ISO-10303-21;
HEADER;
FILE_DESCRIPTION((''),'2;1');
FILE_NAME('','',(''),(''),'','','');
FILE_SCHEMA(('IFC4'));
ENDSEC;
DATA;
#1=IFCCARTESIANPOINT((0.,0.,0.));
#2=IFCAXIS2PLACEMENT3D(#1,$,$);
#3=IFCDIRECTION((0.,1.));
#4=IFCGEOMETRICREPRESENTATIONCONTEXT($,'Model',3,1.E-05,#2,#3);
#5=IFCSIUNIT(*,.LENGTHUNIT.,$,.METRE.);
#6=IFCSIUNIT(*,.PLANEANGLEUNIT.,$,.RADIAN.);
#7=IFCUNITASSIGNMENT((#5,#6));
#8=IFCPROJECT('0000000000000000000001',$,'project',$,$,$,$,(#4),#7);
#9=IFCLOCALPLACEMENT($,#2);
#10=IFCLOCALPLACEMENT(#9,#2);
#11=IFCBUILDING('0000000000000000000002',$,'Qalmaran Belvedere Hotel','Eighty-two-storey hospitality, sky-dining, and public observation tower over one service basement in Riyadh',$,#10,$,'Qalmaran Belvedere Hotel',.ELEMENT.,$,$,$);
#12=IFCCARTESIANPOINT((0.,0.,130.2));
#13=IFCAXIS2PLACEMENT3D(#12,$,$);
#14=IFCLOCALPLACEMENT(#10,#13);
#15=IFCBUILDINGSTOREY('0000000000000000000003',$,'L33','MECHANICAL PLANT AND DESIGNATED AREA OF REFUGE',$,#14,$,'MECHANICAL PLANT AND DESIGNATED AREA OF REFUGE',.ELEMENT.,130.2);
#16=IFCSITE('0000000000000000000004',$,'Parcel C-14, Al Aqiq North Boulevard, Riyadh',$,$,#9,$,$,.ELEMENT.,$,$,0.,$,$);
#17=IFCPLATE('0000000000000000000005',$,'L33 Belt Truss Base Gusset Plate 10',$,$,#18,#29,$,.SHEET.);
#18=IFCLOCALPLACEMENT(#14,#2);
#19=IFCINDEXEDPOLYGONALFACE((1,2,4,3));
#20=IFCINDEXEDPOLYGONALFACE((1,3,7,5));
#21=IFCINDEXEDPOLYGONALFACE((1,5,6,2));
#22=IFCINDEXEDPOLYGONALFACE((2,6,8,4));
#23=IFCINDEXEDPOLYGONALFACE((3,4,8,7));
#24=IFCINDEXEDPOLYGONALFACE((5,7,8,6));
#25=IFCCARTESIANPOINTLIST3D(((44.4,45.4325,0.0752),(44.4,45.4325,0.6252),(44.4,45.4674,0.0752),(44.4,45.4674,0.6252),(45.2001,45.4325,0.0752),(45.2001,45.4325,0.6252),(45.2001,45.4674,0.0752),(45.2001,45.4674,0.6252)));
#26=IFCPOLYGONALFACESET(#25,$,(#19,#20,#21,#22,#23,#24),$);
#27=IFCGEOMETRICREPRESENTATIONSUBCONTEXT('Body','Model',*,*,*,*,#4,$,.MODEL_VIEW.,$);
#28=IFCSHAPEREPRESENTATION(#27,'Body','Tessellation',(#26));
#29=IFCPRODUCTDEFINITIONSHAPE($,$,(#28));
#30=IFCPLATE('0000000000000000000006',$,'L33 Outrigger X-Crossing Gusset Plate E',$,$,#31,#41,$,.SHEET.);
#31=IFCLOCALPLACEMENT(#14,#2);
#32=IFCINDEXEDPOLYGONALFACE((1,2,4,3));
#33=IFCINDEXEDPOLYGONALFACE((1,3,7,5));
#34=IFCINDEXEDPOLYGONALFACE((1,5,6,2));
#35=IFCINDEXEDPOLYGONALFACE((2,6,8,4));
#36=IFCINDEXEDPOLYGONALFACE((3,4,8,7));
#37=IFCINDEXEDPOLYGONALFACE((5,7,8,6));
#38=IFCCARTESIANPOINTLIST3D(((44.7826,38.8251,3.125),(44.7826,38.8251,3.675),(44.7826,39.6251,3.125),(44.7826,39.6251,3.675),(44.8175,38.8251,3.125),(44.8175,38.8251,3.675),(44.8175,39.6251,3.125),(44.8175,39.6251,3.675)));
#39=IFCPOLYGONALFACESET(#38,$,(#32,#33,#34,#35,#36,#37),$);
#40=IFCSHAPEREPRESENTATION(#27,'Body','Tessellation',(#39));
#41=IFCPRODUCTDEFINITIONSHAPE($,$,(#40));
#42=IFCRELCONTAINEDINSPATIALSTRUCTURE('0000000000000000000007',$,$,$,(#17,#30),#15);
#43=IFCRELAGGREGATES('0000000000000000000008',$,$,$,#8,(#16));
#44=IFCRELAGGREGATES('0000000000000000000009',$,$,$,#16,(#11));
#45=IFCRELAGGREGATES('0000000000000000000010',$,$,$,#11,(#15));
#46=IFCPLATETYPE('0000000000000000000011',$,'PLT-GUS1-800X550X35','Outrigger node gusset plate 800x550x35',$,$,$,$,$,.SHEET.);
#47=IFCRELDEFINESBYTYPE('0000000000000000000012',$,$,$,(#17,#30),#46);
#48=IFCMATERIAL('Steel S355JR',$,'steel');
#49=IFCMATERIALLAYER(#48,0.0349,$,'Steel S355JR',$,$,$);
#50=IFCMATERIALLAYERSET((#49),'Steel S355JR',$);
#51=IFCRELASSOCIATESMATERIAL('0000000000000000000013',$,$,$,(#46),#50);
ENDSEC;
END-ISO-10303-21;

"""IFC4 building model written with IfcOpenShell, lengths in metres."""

from ifc_helpers import new_model, si_unit, direction, frame, origin, origin_2d, place, context, subcontext, project, spatial, rectangle, extrude, material, layer, layer_set, type_object, element, save


model = new_model("IFC4")

# Units and contexts
model_context = context("Model", 3, precision=1e-05, world=origin(), true_north=direction((0.0, 1.0)))
body_context = subcontext(model_context, "Body", "Model", "MODEL_VIEW")
ifc_project = project(units=[si_unit("LENGTHUNIT", "METRE"), si_unit("PLANEANGLEUNIT", "RADIAN")], contexts=[model_context])

# Site, building, storey
site_placement = place(None, origin())
site = spatial("IfcSite", under=ifc_project, at=site_placement, Name="Parcel C-14, Al Aqiq North Boulevard, Riyadh", CompositionType="ELEMENT", RefElevation=0.0)
building_placement = place(site_placement, origin())
building = spatial("IfcBuilding", under=site, at=building_placement, Name="Qalmaran Belvedere Hotel", Description="Eighty-two-storey hospitality, sky-dining, and public observation tower over one service basement in Riyadh", LongName="Qalmaran Belvedere Hotel", CompositionType="ELEMENT")
storey_placement = place(building_placement, frame((0.0, 0.0, 130.2)))
storey = spatial("IfcBuildingStorey", under=building, at=storey_placement, Name="L33", Description="MECHANICAL PLANT AND DESIGNATED AREA OF REFUGE", LongName="MECHANICAL PLANT AND DESIGNATED AREA OF REFUGE", CompositionType="ELEMENT", Elevation=130.2)

# Shared definitions
ifc_material_1 = material(Name="Steel S355JR", Category="steel")

# Plates
ifc_layer_1 = layer(ifc_material_1, 0.0349, Name="Steel S355JR")
ifc_layer_set_1 = layer_set([ifc_layer_1], Name="Steel S355JR")
plate_type_1 = type_object("IfcPlateType", Name="PLT-GUS1-800X550X35", Description="Outrigger node gusset plate 800x550x35", PredefinedType="SHEET", material=ifc_layer_set_1)
for number, where, z_axis, x_axis, name in (
    (1, (44.8, 45.45, 0.0752), (0.0, 0.0, 1.0), (1.0, 0.0, 0.0), "L33 Belt Truss Base Gusset Plate 10"),
    (2, (44.8, 39.2251, 3.125), (0.0, 0.0, 1.0), (0.0, 1.0, 0.0), "L33 Outrigger X-Crossing Gusset Plate E"),
):
    element("IfcPlate", number, at=place(storey_placement, frame(where, z_axis=z_axis, x_axis=x_axis)), inside=storey, type_object=plate_type_1, Name=name, PredefinedType="SHEET", context=body_context, shape_type="SweptSolid", body=[
        extrude(rectangle(XDim=0.8, YDim=0.0349, at=origin_2d()), origin(), (0.0, 0.0, 1.0), 0.55),
    ])

save(model, "model.ifc")
